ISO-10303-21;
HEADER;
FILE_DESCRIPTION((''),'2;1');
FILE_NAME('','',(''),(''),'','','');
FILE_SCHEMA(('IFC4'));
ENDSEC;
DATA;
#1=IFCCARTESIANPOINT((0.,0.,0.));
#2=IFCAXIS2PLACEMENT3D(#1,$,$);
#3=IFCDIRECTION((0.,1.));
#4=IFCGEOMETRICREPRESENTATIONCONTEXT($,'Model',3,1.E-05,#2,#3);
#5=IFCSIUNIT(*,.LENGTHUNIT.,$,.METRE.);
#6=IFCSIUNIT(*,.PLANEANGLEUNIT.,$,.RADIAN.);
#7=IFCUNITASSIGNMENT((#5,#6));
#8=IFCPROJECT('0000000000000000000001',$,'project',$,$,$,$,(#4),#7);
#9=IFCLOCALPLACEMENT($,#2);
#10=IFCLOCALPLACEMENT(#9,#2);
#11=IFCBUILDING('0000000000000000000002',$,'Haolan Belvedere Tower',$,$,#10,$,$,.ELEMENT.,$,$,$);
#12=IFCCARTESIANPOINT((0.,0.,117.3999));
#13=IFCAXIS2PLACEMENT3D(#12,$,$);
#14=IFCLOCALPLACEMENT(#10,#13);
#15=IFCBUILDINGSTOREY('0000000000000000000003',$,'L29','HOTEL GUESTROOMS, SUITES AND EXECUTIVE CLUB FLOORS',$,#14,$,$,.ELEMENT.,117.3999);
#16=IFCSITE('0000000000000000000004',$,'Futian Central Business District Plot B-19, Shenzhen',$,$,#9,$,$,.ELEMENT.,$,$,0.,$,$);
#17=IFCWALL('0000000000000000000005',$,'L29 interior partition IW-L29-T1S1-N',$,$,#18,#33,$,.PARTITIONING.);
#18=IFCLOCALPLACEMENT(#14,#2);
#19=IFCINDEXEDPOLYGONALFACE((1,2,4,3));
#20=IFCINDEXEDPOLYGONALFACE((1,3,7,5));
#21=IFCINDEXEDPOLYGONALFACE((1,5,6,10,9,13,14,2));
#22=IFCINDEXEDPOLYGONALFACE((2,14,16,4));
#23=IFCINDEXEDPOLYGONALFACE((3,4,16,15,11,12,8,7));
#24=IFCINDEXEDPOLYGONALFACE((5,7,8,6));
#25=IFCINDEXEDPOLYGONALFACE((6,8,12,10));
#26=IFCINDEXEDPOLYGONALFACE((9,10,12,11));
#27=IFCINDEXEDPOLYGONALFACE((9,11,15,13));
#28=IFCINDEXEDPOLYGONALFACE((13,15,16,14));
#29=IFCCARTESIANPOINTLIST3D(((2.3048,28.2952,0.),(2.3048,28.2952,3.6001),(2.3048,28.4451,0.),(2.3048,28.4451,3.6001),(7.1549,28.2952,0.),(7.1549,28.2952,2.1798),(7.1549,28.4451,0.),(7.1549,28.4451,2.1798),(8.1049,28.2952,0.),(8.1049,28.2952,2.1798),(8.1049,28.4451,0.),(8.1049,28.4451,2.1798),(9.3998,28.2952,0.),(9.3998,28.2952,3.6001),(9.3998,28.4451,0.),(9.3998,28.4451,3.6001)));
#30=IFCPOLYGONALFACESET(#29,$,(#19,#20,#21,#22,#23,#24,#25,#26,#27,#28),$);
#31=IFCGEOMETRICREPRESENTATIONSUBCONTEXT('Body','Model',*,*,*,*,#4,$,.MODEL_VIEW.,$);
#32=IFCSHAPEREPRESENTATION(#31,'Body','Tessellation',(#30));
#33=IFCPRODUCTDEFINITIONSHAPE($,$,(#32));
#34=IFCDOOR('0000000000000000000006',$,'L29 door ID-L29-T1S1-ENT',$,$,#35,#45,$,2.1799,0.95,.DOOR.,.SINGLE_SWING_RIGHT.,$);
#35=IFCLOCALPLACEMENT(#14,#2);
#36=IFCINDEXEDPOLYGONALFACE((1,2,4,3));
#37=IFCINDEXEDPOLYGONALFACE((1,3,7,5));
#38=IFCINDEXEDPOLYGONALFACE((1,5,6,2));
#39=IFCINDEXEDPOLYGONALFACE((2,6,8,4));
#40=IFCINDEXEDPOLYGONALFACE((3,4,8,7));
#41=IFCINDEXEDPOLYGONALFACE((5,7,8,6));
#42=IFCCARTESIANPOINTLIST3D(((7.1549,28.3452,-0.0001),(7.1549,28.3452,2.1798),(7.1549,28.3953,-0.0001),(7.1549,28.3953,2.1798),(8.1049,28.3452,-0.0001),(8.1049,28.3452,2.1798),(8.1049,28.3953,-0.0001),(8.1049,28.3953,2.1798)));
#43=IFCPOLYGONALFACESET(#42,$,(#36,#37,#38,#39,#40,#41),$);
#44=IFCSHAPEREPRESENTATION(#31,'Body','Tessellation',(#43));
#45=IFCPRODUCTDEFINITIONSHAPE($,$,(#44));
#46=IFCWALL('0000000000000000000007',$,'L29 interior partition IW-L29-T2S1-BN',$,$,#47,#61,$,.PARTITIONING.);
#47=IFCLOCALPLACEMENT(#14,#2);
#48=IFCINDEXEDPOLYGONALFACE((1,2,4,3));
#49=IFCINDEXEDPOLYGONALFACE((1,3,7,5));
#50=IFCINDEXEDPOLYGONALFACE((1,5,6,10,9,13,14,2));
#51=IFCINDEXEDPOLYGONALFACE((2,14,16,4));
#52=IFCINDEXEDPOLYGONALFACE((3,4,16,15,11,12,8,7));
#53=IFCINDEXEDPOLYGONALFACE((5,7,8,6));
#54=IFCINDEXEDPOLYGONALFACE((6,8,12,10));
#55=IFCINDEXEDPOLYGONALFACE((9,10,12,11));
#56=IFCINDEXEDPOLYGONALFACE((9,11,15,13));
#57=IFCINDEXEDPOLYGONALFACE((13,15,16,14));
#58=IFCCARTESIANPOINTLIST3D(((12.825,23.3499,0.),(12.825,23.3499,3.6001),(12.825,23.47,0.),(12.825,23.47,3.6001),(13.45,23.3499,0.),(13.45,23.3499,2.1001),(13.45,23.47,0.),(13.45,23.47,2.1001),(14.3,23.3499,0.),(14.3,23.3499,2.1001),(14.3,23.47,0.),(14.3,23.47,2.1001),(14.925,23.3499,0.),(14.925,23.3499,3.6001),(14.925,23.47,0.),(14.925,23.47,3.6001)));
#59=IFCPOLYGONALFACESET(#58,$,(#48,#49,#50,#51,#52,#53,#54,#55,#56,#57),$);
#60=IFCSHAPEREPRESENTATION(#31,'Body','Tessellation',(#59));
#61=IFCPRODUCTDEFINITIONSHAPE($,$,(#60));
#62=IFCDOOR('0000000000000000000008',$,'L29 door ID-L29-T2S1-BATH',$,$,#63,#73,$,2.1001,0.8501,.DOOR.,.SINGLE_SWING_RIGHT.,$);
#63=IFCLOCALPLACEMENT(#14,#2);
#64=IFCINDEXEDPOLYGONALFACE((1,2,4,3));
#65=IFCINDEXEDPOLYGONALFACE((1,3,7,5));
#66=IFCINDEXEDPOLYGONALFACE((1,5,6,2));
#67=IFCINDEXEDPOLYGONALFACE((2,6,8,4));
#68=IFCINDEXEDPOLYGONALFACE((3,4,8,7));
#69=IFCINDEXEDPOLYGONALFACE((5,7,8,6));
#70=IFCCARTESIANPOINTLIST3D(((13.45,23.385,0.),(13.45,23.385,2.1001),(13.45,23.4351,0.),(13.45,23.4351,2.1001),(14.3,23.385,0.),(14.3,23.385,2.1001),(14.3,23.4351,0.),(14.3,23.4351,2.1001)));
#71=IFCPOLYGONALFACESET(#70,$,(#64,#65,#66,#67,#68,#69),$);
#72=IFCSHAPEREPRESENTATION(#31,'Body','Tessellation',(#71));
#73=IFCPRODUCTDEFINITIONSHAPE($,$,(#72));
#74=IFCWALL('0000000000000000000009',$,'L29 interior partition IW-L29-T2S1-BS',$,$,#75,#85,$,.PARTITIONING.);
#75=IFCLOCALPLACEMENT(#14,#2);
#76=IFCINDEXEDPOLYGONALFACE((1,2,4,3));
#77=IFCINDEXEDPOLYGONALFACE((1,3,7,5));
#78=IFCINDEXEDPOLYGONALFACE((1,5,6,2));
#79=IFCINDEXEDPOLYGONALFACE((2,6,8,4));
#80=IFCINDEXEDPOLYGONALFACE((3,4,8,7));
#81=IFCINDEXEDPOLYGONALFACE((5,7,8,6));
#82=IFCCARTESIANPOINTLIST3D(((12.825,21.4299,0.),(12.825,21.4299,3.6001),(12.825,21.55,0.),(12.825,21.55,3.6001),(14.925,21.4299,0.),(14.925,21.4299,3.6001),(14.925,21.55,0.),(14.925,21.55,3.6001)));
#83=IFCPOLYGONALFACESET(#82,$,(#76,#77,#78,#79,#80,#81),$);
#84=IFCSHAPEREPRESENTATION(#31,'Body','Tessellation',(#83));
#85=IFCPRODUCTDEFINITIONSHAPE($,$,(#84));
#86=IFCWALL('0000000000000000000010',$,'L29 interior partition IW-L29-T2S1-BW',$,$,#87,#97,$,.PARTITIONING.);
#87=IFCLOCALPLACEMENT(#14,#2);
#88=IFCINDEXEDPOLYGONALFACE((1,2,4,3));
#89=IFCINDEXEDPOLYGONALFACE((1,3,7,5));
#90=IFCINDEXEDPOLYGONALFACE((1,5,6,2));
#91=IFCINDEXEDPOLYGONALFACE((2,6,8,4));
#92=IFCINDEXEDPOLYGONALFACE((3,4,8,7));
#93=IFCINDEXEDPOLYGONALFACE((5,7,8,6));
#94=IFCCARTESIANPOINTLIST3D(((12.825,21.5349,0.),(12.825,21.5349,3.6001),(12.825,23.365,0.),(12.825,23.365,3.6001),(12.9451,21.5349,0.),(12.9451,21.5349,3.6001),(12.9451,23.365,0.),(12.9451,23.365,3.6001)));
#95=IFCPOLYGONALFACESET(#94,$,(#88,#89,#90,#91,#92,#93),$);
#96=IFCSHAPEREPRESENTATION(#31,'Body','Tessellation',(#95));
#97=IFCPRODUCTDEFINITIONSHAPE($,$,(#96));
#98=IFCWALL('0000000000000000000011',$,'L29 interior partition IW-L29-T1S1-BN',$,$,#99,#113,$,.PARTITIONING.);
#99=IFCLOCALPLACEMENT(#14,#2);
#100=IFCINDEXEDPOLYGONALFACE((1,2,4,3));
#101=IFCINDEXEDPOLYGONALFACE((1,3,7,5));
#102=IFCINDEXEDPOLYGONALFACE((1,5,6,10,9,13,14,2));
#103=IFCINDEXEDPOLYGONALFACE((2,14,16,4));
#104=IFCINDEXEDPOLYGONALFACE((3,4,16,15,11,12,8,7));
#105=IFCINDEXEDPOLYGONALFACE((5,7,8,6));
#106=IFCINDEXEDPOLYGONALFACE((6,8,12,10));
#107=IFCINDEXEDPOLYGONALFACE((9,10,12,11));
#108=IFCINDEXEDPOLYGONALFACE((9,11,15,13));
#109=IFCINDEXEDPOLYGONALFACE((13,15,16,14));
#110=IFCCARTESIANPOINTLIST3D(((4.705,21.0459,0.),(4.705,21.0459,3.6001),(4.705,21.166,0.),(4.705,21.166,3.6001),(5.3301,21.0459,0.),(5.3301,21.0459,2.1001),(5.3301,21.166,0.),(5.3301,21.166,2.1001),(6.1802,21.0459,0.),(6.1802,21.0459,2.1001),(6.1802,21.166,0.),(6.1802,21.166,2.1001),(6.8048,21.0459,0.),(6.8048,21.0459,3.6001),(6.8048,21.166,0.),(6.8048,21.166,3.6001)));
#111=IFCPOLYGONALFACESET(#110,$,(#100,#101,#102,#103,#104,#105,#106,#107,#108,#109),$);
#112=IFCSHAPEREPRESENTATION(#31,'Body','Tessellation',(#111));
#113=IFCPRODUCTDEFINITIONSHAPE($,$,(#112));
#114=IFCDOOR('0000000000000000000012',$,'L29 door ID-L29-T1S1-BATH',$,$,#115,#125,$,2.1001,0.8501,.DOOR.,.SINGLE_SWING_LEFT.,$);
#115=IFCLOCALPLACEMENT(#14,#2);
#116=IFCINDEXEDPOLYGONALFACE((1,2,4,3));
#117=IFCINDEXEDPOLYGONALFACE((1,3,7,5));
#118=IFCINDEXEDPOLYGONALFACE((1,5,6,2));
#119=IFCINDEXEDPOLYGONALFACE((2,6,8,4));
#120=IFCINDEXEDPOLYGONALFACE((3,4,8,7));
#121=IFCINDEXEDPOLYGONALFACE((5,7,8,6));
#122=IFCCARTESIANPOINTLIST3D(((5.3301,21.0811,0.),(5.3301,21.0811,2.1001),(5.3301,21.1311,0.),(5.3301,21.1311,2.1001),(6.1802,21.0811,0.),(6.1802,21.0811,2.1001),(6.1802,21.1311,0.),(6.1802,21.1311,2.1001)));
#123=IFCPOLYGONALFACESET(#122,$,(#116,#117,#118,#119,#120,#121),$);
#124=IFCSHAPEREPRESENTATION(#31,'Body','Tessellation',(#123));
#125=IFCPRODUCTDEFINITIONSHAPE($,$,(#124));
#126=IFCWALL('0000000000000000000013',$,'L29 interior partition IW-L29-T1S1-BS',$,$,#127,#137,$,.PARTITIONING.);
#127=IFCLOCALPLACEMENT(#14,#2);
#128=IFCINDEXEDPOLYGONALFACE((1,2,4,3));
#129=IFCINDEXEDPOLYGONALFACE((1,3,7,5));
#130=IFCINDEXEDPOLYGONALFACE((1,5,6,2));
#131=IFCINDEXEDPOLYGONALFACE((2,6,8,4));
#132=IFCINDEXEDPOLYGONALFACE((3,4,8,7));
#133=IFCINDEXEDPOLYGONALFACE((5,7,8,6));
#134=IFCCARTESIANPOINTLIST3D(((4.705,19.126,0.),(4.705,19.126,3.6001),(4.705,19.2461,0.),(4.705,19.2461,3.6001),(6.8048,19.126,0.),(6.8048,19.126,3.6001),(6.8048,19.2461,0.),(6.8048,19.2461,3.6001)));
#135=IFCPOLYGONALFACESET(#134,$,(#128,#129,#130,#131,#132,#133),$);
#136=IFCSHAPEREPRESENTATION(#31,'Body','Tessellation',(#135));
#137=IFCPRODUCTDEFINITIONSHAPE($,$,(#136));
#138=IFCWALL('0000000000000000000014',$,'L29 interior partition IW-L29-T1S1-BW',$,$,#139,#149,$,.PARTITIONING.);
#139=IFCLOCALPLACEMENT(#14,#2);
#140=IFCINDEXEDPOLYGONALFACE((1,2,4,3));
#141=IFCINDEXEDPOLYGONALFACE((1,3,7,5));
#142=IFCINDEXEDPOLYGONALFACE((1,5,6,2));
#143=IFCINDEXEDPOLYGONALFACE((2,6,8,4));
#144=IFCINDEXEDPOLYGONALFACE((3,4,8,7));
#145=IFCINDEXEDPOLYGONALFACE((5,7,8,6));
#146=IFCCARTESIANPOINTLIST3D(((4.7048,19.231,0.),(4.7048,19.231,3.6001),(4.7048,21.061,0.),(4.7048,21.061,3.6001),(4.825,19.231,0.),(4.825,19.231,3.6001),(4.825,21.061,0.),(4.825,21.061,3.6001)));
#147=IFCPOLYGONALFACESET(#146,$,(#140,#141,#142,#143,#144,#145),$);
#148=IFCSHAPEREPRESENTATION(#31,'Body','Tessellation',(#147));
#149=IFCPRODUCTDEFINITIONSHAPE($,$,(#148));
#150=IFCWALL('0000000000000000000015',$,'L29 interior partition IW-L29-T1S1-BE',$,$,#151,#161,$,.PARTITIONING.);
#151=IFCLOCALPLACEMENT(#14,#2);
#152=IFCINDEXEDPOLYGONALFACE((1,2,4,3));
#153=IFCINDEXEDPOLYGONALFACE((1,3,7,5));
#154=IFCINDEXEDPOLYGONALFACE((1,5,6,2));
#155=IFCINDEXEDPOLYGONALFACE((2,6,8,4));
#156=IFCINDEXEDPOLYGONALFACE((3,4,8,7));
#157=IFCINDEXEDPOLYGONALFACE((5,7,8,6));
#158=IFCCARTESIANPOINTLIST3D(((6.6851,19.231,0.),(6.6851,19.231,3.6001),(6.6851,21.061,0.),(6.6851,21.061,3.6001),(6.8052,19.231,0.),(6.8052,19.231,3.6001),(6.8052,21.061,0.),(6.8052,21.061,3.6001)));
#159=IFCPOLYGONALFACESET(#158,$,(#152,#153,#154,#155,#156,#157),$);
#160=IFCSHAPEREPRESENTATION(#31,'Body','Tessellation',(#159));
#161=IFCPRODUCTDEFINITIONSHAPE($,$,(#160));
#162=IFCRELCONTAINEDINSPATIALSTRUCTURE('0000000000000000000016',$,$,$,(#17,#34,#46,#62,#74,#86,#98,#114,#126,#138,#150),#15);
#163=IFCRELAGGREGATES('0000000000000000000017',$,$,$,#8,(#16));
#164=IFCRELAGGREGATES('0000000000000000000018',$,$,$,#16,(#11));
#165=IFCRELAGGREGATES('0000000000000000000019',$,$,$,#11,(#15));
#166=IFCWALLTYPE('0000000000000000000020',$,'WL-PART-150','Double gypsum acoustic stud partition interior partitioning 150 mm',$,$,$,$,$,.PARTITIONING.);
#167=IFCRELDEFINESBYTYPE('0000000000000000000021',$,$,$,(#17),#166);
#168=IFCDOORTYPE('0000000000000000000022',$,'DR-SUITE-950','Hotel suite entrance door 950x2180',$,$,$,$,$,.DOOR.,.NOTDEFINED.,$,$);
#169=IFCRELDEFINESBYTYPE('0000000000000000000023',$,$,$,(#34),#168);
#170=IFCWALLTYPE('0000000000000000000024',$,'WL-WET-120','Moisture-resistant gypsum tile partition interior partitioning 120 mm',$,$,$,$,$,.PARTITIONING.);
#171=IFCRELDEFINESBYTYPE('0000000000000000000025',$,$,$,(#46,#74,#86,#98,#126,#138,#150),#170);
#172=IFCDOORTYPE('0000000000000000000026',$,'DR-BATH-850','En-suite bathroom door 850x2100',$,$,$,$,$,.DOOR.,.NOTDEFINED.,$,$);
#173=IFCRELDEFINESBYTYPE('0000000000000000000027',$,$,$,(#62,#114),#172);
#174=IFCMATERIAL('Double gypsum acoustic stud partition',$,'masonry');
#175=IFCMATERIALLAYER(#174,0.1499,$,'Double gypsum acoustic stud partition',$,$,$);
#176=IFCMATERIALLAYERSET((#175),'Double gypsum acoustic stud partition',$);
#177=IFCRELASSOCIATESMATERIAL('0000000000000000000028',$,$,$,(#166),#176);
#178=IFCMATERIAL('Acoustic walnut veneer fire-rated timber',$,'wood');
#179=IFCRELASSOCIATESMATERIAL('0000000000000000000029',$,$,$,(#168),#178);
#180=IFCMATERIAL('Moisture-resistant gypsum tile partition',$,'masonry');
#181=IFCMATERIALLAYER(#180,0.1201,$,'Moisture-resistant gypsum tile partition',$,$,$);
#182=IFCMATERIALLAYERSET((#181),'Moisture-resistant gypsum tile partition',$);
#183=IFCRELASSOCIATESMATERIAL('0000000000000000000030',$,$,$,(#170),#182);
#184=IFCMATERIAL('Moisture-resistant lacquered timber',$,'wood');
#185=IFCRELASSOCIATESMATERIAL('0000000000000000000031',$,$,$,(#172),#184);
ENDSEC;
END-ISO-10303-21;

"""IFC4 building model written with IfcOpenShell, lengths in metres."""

from ifc_helpers import new_model, si_unit, direction, frame, frame_2d, origin, place, context, subcontext, project, spatial, rectangle, extrude, material, layer, layer_set, type_object, element, fill, save


model = new_model("IFC4")

# Units and contexts
model_context = context("Model", 3, precision=1e-05, world=origin(), true_north=direction((0.0, 1.0)))
body_context = subcontext(model_context, "Body", "Model", "MODEL_VIEW")
ifc_project = project(units=[si_unit("LENGTHUNIT", "METRE"), si_unit("PLANEANGLEUNIT", "RADIAN")], contexts=[model_context])

# Site, building, storey
site_placement = place(None, origin())
site = spatial("IfcSite", under=ifc_project, at=site_placement, Name="Futian Central Business District Plot B-19, Shenzhen", CompositionType="ELEMENT", RefElevation=0.0)
building_placement = place(site_placement, origin())
building = spatial("IfcBuilding", under=site, at=building_placement, Name="Haolan Belvedere Tower", CompositionType="ELEMENT")
storey_placement = place(building_placement, frame((0.0, 0.0, 117.3999)))
storey = spatial("IfcBuildingStorey", under=building, at=storey_placement, Name="L29", Description="HOTEL GUESTROOMS, SUITES AND EXECUTIVE CLUB FLOORS", CompositionType="ELEMENT", Elevation=117.3999)

# Walls, openings, doors
ifc_material_1 = material(Name="Double gypsum acoustic stud partition", Category="masonry")
ifc_layer_1 = layer(ifc_material_1, 0.1499, Name="Double gypsum acoustic stud partition")
ifc_layer_set_1 = layer_set([ifc_layer_1], Name="Double gypsum acoustic stud partition")
wall_type_1 = type_object("IfcWallType", Name="WL-PART-150", Description="Double gypsum acoustic stud partition interior partitioning 150 mm", PredefinedType="PARTITIONING", material=ifc_layer_set_1)
wall_1_placement = place(storey_placement, frame((2.3049, 28.3701, 0.0), z_axis=(0.0, 0.0, 1.0), x_axis=(1.0, 0.0, 0.0)))
wall_1 = element("IfcWall", 1, at=wall_1_placement, inside=storey, type_object=wall_type_1, Name="L29 interior partition IW-L29-T1S1-N", PredefinedType="PARTITIONING", context=body_context, shape_type="SweptSolid", body=[
    extrude(rectangle(XDim=7.095, YDim=0.1499, at=frame_2d((3.5474, 0.0))), origin(), (0.0, 0.0, 1.0), 3.6001),
])
opening_1_placement = place(wall_1_placement, frame((5.8, 0.0, 0.0), z_axis=(0.0, 0.0, 1.0), x_axis=(-1.0, 0.0, 0.0)))
opening_1 = element("IfcOpeningElement", 2, at=opening_1_placement, cuts=wall_1, PredefinedType="OPENING", context=body_context, shape_type="SweptSolid", body=[
    extrude(rectangle(XDim=0.95, YDim=2.1799, at=frame_2d((0.4751, 1.0898))), frame((0.0, 0.085, 0.0), z_axis=(0.0, -1.0, 0.0), x_axis=(1.0, 0.0, 0.0)), (0.0, 0.0, 1.0), 0.1699),
])
ifc_material_2 = material(Name="Acoustic walnut veneer fire-rated timber", Category="wood")
door_type_1 = type_object("IfcDoorType", Name="DR-SUITE-950", Description="Hotel suite entrance door 950x2180", OperationType="NOTDEFINED", PredefinedType="DOOR", material=ifc_material_2)
door_1_placement = place(opening_1_placement, origin())
door_1 = element("IfcDoor", 3, at=door_1_placement, inside=storey, type_object=door_type_1, Name="L29 door ID-L29-T1S1-ENT", OperationType="SINGLE_SWING_RIGHT", OverallHeight=2.1799, OverallWidth=0.95, PredefinedType="DOOR", context=body_context, shape_type="SweptSolid", body=[
    extrude(rectangle(XDim=0.95, YDim=2.1799, at=frame_2d((0.4751, 1.0898))), frame((0.0, 0.0249, 0.0), z_axis=(0.0, -1.0, 0.0), x_axis=(1.0, 0.0, 0.0)), (0.0, 0.0, 1.0), 0.05),
])
fill(opening_1, door_1)
ifc_material_3 = material(Name="Moisture-resistant gypsum tile partition", Category="masonry")
ifc_layer_2 = layer(ifc_material_3, 0.1201, Name="Moisture-resistant gypsum tile partition")
ifc_layer_set_2 = layer_set([ifc_layer_2], Name="Moisture-resistant gypsum tile partition")
wall_type_2 = type_object("IfcWallType", Name="WL-WET-120", Description="Moisture-resistant gypsum tile partition interior partitioning 120 mm", PredefinedType="PARTITIONING", material=ifc_layer_set_2)
wall_2_placement = place(storey_placement, frame((12.825, 23.4099, 0.0), z_axis=(0.0, 0.0, 1.0), x_axis=(1.0, 0.0, 0.0)))
wall_2 = element("IfcWall", 4, at=wall_2_placement, inside=storey, type_object=wall_type_2, Name="L29 interior partition IW-L29-T2S1-BN", PredefinedType="PARTITIONING", context=body_context, shape_type="SweptSolid", body=[
    extrude(rectangle(XDim=2.1001, YDim=0.1201, at=frame_2d((1.05, 0.0))), origin(), (0.0, 0.0, 1.0), 3.6001),
])
opening_2_placement = place(wall_2_placement, frame((1.4751, 0.0, 0.0), z_axis=(0.0, 0.0, 1.0), x_axis=(-1.0, 0.0, 0.0)))
opening_2 = element("IfcOpeningElement", 5, at=opening_2_placement, cuts=wall_2, PredefinedType="OPENING", context=body_context, shape_type="SweptSolid", body=[
    extrude(rectangle(XDim=0.8501, YDim=2.1001, at=frame_2d((0.425, 1.05))), frame((0.0, 0.0701, 0.0), z_axis=(0.0, -1.0, 0.0), x_axis=(1.0, 0.0, 0.0)), (0.0, 0.0, 1.0), 0.1401),
])
ifc_material_4 = material(Name="Moisture-resistant lacquered timber", Category="wood")
door_type_2 = type_object("IfcDoorType", Name="DR-BATH-850", Description="En-suite bathroom door 850x2100", OperationType="NOTDEFINED", PredefinedType="DOOR", material=ifc_material_4)
door_2_placement = place(opening_2_placement, origin())
door_2 = element("IfcDoor", 6, at=door_2_placement, inside=storey, type_object=door_type_2, Name="L29 door ID-L29-T2S1-BATH", OperationType="SINGLE_SWING_RIGHT", OverallHeight=2.1001, OverallWidth=0.8501, PredefinedType="DOOR", context=body_context, shape_type="SweptSolid", body=[
    extrude(rectangle(XDim=0.8501, YDim=2.1001, at=frame_2d((0.425, 1.05))), frame((0.0, 0.0249, 0.0), z_axis=(0.0, -1.0, 0.0), x_axis=(1.0, 0.0, 0.0)), (0.0, 0.0, 1.0), 0.05),
])
fill(opening_2, door_2)

# Walls
wall_3_placement = place(storey_placement, frame((12.825, 21.49, 0.0), z_axis=(0.0, 0.0, 1.0), x_axis=(1.0, 0.0, 0.0)))
element("IfcWall", 7, at=wall_3_placement, inside=storey, type_object=wall_type_2, Name="L29 interior partition IW-L29-T2S1-BS", PredefinedType="PARTITIONING", context=body_context, shape_type="SweptSolid", body=[
    extrude(rectangle(XDim=2.1001, YDim=0.1201, at=frame_2d((1.05, 0.0))), origin(), (0.0, 0.0, 1.0), 3.6001),
])
wall_4_placement = place(storey_placement, frame((12.885, 21.5349, 0.0), z_axis=(0.0, 0.0, 1.0), x_axis=(0.0, 1.0, 0.0)))
element("IfcWall", 8, at=wall_4_placement, inside=storey, type_object=wall_type_2, Name="L29 interior partition IW-L29-T2S1-BW", PredefinedType="PARTITIONING", context=body_context, shape_type="SweptSolid", body=[
    extrude(rectangle(XDim=1.8301, YDim=0.1201, at=frame_2d((0.915, 0.0))), origin(), (0.0, 0.0, 1.0), 3.6001),
])

# Wall, opening, door
wall_5_placement = place(storey_placement, frame((4.7051, 21.106, 0.0), z_axis=(0.0, 0.0, 1.0), x_axis=(1.0, 0.0, 0.0)))
wall_5 = element("IfcWall", 9, at=wall_5_placement, inside=storey, type_object=wall_type_2, Name="L29 interior partition IW-L29-T1S1-BN", PredefinedType="PARTITIONING", context=body_context, shape_type="SweptSolid", body=[
    extrude(rectangle(XDim=2.0999, YDim=0.1201, at=frame_2d((1.0498, 0.0))), origin(), (0.0, 0.0, 1.0), 3.6001),
])
opening_3_placement = place(wall_5_placement, frame((1.4751, 0.0, 0.0), z_axis=(0.0, 0.0, 1.0), x_axis=(-1.0, 0.0, 0.0)))
opening_3 = element("IfcOpeningElement", 10, at=opening_3_placement, cuts=wall_5, PredefinedType="OPENING", context=body_context, shape_type="SweptSolid", body=[
    extrude(rectangle(XDim=0.8501, YDim=2.1001, at=frame_2d((0.425, 1.05))), frame((0.0, 0.0701, 0.0), z_axis=(0.0, -1.0, 0.0), x_axis=(1.0, 0.0, 0.0)), (0.0, 0.0, 1.0), 0.1401),
])
door_3_placement = place(opening_3_placement, origin())
door_3 = element("IfcDoor", 11, at=door_3_placement, inside=storey, type_object=door_type_2, Name="L29 door ID-L29-T1S1-BATH", OperationType="SINGLE_SWING_LEFT", OverallHeight=2.1001, OverallWidth=0.8501, PredefinedType="DOOR", context=body_context, shape_type="SweptSolid", body=[
    extrude(rectangle(XDim=0.8501, YDim=2.1001, at=frame_2d((0.425, 1.05))), frame((0.0, 0.0249, 0.0), z_axis=(0.0, -1.0, 0.0), x_axis=(1.0, 0.0, 0.0)), (0.0, 0.0, 1.0), 0.05),
])
fill(opening_3, door_3)

# Walls
wall_6_placement = place(storey_placement, frame((4.7051, 19.186, 0.0), z_axis=(0.0, 0.0, 1.0), x_axis=(1.0, 0.0, 0.0)))
element("IfcWall", 12, at=wall_6_placement, inside=storey, type_object=wall_type_2, Name="L29 interior partition IW-L29-T1S1-BS", PredefinedType="PARTITIONING", context=body_context, shape_type="SweptSolid", body=[
    extrude(rectangle(XDim=2.0999, YDim=0.1201, at=frame_2d((1.0498, 0.0))), origin(), (0.0, 0.0, 1.0), 3.6001),
])
for number, where, z_axis, x_axis, name in (
    (13, (4.7649, 19.231, 0.0), (0.0, 0.0, 1.0), (0.0, 1.0, 0.0), "L29 interior partition IW-L29-T1S1-BW"),
    (14, (6.7451, 19.231, 0.0), (0.0, 0.0, 1.0), (0.0, 1.0, 0.0), "L29 interior partition IW-L29-T1S1-BE"),
):
    element("IfcWall", number, at=place(storey_placement, frame(where, z_axis=z_axis, x_axis=x_axis)), inside=storey, type_object=wall_type_2, Name=name, PredefinedType="PARTITIONING", context=body_context, shape_type="SweptSolid", body=[
        extrude(rectangle(XDim=1.8301, YDim=0.1201, at=frame_2d((0.915, 0.0))), origin(), (0.0, 0.0, 1.0), 3.6001),
    ])

save(model, "model.ifc")
